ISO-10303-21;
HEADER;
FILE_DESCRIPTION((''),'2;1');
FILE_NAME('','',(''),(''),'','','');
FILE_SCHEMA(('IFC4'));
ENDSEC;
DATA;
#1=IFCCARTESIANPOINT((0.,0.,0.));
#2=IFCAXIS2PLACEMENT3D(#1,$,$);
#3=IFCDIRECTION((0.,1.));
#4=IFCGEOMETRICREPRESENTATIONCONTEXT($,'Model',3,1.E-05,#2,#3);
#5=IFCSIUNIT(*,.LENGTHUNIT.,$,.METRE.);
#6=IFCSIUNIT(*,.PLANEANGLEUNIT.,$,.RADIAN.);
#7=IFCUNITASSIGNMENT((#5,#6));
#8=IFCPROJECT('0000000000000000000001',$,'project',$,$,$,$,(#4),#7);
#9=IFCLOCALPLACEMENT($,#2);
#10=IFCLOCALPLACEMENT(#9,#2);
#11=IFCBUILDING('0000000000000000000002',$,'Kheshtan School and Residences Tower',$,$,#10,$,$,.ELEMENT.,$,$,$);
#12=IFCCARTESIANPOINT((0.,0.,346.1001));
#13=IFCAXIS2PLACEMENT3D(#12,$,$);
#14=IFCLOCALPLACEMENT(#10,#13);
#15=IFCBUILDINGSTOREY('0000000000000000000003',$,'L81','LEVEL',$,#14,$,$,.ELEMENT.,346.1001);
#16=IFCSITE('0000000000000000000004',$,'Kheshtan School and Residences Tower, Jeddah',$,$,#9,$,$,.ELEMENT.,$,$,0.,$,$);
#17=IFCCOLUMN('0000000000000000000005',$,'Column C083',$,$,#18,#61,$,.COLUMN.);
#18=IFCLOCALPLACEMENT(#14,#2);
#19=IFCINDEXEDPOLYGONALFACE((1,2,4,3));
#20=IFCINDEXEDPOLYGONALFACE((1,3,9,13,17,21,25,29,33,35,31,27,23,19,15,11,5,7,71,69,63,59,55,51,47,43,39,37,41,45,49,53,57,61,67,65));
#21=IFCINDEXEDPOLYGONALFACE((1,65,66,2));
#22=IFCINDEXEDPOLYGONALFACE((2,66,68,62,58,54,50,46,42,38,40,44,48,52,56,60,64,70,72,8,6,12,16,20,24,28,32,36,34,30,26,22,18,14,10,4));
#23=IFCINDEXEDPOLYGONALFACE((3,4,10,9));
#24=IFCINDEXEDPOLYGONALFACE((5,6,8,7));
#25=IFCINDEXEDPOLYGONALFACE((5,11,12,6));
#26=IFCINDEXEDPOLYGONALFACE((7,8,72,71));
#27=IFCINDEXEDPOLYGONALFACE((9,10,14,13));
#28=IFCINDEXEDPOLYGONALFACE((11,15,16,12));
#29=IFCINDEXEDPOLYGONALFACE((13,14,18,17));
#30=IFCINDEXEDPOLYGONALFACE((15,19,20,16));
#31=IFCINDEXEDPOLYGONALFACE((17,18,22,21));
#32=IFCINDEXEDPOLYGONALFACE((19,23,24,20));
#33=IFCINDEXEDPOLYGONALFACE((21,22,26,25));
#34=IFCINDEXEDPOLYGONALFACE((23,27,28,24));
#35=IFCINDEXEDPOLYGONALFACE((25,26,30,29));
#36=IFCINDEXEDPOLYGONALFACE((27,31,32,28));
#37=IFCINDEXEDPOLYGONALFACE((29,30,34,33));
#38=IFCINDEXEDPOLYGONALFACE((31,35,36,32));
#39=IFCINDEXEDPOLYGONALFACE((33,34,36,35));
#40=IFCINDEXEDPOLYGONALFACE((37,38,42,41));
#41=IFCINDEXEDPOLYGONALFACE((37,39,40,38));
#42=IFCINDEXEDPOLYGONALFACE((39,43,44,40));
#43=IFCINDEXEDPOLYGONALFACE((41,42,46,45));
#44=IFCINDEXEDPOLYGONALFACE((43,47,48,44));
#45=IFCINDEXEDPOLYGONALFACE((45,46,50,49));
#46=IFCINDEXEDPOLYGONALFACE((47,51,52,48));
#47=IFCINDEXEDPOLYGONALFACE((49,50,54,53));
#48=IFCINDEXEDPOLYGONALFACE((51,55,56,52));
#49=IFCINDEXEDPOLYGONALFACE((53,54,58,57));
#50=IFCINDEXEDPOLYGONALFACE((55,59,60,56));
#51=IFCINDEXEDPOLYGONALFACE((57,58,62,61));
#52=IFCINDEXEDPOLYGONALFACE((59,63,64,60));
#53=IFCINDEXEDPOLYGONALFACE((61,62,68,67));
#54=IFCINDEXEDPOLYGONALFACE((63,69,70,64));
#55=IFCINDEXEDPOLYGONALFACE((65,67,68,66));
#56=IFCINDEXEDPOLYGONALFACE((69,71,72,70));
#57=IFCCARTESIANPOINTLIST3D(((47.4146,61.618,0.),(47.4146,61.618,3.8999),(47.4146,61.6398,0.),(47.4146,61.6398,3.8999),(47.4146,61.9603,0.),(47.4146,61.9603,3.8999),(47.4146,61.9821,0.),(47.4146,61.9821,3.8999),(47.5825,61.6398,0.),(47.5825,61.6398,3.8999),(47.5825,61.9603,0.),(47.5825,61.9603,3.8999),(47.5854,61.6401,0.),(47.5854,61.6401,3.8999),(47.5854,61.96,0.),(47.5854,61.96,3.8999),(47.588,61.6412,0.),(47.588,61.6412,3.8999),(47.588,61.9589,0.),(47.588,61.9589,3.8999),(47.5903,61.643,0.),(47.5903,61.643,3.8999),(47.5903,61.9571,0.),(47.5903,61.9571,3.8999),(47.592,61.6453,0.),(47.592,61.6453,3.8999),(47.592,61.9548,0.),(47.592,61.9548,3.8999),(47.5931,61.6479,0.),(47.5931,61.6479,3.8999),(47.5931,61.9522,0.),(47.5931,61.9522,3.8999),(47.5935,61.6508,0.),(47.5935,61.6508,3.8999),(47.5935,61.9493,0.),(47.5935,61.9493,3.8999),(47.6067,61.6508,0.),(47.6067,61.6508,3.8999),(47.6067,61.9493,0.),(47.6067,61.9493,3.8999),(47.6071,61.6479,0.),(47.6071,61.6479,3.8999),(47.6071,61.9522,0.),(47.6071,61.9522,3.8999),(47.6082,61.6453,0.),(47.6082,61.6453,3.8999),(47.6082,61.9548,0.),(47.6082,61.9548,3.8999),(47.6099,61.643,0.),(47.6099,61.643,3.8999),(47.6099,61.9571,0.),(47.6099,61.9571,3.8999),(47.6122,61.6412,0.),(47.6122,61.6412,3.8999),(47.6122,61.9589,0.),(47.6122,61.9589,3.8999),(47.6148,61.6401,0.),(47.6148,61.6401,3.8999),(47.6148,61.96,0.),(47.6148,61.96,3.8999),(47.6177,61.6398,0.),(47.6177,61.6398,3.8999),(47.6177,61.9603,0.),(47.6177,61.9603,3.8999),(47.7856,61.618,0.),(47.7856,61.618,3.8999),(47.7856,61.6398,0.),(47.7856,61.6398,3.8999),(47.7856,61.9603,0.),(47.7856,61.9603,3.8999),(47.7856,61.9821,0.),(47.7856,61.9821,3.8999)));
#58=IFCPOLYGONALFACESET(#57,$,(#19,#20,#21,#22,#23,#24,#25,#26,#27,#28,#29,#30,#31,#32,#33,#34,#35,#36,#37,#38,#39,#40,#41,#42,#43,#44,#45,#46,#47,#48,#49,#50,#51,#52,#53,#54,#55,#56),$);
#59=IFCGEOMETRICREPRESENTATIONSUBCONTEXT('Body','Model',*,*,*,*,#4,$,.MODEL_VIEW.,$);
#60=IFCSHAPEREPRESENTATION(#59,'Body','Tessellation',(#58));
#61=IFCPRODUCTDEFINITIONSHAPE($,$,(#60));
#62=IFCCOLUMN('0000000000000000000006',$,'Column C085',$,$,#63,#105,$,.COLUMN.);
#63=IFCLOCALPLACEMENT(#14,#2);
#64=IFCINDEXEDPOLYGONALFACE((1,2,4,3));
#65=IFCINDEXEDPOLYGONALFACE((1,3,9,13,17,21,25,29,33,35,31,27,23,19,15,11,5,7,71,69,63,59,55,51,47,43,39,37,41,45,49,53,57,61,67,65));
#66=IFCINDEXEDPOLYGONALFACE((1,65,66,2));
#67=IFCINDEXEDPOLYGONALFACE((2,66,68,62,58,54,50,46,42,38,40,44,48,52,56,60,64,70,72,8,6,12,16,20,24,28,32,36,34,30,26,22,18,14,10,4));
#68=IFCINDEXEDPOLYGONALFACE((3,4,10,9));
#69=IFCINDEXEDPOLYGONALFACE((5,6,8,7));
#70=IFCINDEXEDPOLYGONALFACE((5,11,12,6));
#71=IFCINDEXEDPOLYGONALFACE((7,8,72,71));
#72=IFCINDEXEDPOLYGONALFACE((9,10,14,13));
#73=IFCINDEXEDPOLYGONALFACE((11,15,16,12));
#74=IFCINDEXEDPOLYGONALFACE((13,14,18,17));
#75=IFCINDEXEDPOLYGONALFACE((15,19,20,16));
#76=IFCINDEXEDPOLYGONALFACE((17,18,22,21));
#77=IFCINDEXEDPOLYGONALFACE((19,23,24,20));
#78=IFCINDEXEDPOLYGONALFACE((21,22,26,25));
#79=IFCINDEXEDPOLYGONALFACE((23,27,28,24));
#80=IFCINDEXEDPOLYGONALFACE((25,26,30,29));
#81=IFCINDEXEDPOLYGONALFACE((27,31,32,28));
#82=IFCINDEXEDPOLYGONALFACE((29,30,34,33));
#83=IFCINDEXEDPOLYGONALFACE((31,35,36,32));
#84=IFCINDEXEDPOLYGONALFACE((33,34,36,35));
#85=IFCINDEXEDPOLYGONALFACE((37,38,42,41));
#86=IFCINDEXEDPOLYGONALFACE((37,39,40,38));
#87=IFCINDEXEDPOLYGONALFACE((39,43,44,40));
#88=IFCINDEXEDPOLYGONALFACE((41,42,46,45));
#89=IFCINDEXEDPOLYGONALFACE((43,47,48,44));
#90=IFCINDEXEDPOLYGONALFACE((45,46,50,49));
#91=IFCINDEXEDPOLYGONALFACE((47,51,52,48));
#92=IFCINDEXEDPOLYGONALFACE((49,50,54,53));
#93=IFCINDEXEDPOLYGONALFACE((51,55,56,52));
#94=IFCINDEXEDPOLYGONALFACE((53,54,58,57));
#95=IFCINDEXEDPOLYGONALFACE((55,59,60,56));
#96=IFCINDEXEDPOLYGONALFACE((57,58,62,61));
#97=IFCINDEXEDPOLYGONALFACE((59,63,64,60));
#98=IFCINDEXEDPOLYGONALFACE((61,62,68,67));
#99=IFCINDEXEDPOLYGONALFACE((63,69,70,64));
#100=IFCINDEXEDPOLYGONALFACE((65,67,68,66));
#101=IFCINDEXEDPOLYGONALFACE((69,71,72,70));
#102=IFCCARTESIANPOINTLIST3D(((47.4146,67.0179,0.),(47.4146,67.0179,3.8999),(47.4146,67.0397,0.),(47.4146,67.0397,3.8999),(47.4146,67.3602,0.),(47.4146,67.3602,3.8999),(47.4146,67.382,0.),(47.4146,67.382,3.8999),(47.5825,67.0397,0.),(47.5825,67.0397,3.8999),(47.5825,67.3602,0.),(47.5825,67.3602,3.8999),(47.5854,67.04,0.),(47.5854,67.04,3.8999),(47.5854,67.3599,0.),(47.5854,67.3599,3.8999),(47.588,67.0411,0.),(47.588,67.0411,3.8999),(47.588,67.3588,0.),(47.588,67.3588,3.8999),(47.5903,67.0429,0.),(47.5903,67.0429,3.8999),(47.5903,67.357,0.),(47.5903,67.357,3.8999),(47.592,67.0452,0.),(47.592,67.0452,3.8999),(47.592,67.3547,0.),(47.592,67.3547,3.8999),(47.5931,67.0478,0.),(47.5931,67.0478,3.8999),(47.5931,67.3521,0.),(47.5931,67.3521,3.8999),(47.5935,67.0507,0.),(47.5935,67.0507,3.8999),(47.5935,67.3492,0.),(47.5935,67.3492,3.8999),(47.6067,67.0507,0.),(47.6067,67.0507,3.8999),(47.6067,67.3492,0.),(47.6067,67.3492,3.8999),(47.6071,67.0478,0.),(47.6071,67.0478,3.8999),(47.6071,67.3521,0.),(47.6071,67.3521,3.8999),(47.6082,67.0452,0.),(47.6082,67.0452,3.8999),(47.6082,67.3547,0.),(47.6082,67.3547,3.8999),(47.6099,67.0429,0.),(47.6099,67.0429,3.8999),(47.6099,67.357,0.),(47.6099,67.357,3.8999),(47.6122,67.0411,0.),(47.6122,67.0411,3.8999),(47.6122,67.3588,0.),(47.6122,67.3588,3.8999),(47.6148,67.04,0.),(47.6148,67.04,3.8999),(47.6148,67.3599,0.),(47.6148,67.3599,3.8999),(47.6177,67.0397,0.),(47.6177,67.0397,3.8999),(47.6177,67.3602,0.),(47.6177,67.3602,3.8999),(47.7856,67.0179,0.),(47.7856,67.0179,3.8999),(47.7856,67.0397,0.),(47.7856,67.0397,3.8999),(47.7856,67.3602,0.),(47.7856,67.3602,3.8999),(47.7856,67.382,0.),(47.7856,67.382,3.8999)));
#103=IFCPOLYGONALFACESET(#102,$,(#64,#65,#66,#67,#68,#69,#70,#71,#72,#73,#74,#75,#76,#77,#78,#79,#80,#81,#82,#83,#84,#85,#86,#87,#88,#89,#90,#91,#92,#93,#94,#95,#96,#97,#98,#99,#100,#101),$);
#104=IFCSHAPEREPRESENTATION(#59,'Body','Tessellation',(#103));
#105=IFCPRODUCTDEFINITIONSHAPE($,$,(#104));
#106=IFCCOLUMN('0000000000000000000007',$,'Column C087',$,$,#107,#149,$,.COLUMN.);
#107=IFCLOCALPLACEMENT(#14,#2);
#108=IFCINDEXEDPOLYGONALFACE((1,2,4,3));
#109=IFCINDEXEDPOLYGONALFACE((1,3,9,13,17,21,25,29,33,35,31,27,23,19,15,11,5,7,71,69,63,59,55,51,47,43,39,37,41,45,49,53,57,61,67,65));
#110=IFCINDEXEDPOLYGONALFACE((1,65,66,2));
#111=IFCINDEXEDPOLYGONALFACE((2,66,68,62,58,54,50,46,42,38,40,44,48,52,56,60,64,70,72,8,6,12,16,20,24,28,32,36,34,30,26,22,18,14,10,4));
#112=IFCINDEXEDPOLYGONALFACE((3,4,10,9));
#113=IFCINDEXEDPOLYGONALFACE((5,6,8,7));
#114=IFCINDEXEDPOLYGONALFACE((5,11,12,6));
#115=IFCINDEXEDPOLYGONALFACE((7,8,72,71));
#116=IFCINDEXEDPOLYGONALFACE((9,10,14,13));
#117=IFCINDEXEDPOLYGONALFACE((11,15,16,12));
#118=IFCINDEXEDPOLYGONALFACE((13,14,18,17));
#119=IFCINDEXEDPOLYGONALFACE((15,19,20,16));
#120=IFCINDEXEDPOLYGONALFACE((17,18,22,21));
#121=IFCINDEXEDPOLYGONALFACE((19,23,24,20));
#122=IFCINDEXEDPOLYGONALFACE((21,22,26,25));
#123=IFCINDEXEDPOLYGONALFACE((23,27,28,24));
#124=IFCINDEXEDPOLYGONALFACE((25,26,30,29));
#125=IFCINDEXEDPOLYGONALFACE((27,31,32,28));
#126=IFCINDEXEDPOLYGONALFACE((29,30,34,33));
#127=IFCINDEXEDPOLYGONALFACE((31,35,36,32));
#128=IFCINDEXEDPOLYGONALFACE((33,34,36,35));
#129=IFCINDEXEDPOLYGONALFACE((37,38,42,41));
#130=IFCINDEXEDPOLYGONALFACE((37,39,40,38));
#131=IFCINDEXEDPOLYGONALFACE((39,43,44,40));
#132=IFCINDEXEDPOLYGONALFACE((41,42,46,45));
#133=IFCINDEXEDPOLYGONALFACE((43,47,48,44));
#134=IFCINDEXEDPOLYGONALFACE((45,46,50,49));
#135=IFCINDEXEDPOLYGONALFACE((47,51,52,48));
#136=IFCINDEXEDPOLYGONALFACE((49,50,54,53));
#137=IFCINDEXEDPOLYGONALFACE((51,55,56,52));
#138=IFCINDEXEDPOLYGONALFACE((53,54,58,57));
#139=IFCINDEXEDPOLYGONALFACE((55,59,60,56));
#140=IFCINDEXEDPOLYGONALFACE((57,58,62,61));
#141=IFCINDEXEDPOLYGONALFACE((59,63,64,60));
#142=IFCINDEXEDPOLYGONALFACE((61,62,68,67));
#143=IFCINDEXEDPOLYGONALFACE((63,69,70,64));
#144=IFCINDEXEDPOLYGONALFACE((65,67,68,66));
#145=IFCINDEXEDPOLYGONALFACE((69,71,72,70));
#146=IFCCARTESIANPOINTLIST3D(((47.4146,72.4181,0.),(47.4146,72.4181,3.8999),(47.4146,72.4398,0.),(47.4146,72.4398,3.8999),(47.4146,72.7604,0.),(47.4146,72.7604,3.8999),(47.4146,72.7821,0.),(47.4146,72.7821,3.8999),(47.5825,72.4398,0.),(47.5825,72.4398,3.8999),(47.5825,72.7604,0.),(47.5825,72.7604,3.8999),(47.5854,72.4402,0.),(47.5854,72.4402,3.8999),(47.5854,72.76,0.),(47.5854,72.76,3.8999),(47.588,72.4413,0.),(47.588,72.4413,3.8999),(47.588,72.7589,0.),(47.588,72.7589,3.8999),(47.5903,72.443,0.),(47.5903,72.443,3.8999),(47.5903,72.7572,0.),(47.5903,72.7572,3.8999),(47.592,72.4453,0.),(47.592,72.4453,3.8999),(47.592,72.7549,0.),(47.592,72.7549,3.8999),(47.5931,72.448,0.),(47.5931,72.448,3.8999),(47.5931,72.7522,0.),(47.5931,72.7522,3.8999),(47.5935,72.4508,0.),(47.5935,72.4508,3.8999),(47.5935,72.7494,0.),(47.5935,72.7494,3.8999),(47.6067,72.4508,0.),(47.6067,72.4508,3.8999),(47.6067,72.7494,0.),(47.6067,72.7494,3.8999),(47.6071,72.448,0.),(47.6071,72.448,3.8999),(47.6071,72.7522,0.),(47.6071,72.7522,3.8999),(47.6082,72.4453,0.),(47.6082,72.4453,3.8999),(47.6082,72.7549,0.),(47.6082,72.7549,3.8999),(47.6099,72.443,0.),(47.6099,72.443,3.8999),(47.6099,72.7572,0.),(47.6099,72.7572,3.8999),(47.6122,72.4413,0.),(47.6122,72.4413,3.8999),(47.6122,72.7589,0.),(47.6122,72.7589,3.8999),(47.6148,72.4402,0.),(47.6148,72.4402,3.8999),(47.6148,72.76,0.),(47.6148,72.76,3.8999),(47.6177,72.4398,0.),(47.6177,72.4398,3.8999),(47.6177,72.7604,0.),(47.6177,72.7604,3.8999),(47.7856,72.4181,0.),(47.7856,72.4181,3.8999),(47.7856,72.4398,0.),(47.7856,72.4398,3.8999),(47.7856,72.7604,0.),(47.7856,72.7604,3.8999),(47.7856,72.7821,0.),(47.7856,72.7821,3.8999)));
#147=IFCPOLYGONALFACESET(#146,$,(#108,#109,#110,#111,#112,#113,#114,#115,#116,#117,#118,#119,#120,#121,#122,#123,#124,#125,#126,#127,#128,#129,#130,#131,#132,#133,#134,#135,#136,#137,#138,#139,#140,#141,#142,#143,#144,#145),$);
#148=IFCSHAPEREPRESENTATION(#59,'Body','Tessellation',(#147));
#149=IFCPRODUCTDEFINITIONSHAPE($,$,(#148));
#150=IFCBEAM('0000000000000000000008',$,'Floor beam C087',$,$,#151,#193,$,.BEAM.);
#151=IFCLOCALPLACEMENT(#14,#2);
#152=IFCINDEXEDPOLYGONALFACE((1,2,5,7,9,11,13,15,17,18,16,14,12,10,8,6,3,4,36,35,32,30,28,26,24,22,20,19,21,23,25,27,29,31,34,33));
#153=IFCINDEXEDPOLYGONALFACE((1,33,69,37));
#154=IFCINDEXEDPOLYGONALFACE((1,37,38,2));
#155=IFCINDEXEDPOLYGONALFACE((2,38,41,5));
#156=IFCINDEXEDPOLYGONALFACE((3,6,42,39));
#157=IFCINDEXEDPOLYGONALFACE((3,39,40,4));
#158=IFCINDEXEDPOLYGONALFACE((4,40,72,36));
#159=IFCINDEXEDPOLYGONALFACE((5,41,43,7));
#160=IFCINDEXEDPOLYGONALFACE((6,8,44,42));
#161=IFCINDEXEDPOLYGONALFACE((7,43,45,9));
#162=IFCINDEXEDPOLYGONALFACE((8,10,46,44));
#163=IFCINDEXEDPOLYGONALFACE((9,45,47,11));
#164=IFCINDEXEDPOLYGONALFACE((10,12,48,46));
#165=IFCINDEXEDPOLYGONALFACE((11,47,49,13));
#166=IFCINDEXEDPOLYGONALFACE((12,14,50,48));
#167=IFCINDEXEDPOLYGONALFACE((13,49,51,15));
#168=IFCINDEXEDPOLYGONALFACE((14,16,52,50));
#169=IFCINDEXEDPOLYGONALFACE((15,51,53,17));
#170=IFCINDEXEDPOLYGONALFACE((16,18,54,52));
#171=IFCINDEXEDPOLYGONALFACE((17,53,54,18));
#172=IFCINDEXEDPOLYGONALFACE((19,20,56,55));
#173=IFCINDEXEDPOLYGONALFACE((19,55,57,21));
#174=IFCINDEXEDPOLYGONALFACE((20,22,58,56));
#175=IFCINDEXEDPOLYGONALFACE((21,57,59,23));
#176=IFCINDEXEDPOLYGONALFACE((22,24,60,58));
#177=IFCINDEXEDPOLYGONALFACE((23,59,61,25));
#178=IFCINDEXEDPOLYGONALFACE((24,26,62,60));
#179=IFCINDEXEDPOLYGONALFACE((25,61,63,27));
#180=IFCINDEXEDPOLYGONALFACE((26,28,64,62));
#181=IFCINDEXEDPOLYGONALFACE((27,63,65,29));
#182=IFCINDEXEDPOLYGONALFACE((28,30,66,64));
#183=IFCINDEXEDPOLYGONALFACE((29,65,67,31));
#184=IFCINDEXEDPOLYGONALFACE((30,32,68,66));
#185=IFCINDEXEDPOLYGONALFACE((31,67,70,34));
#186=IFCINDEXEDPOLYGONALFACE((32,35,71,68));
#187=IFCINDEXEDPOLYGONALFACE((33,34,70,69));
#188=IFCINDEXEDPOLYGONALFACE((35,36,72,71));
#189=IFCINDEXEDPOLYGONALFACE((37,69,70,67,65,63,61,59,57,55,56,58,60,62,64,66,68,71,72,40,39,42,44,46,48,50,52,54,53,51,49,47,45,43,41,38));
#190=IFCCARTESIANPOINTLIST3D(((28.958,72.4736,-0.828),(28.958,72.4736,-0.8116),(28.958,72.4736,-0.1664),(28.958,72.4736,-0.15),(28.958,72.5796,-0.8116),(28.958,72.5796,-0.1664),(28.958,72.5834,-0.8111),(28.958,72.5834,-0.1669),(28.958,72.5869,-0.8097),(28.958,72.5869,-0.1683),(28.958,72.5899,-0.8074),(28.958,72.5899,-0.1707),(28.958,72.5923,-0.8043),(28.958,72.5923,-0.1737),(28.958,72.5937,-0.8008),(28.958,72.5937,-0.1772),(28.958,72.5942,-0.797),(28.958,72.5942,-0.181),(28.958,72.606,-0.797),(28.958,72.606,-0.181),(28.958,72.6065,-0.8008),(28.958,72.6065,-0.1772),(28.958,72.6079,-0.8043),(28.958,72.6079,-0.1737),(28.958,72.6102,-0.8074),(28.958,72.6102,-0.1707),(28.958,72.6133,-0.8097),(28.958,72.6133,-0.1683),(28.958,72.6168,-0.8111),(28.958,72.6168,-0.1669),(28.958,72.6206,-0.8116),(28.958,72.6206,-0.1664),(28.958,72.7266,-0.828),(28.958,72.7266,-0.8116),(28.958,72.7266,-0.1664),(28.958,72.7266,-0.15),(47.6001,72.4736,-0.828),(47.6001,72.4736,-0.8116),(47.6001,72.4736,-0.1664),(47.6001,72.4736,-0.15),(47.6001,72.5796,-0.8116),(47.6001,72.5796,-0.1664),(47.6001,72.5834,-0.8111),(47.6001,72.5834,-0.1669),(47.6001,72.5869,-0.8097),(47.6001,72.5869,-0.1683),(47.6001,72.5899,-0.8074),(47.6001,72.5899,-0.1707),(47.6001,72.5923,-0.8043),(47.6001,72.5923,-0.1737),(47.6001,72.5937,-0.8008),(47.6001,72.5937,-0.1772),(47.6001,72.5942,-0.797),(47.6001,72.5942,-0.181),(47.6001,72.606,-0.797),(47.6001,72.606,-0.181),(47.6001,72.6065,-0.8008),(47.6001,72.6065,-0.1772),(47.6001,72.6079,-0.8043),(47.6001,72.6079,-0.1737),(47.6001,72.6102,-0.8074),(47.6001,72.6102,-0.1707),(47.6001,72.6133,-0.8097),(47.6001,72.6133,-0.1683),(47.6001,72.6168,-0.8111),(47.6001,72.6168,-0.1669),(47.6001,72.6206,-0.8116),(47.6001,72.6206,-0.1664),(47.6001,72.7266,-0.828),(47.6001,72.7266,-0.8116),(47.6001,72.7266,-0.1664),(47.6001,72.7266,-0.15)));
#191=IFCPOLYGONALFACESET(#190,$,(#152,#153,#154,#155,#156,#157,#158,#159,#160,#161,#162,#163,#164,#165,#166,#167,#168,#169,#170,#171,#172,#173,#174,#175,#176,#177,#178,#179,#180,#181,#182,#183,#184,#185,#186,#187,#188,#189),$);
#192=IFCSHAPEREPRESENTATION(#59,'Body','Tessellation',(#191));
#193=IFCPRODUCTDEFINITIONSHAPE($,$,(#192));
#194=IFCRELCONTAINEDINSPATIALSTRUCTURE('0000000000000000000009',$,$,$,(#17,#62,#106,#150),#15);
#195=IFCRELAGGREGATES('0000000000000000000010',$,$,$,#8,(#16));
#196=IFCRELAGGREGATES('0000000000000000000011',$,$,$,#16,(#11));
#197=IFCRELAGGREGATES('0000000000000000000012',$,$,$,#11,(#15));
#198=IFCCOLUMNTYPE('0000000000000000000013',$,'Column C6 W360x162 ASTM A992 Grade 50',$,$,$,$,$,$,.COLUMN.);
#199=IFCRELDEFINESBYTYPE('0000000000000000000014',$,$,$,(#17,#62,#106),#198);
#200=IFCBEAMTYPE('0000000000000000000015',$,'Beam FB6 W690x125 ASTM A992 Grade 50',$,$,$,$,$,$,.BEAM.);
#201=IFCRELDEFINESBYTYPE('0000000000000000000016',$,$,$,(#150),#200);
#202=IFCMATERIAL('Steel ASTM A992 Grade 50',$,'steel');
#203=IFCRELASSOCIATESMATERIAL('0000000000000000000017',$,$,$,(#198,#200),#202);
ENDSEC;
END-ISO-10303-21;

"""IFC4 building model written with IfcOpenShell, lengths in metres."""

from ifc_helpers import new_model, si_unit, direction, frame, origin, origin_2d, place, context, subcontext, project, spatial, i_section, extrude, material, material_profile, profile_set, type_object, element, save


model = new_model("IFC4")

# Units and contexts
model_context = context("Model", 3, precision=1e-05, world=origin(), true_north=direction((0.0, 1.0)))
body_context = subcontext(model_context, "Body", "Model", "MODEL_VIEW")
ifc_project = project(units=[si_unit("LENGTHUNIT", "METRE"), si_unit("PLANEANGLEUNIT", "RADIAN")], contexts=[model_context])

# Site, building, storey
site_placement = place(None, origin())
site = spatial("IfcSite", under=ifc_project, at=site_placement, Name="Kheshtan School and Residences Tower, Jeddah", CompositionType="ELEMENT", RefElevation=0.0)
building_placement = place(site_placement, origin())
building = spatial("IfcBuilding", under=site, at=building_placement, Name="Kheshtan School and Residences Tower", CompositionType="ELEMENT")
storey_placement = place(building_placement, frame((0.0, 0.0, 346.1001)))
storey = spatial("IfcBuildingStorey", under=building, at=storey_placement, Name="L81", Description="LEVEL", CompositionType="ELEMENT", Elevation=346.1001)

# Columns
ifc_material_1 = material(Name="Steel ASTM A992 Grade 50", Category="steel")
ifc_material_profile_1 = material_profile(ifc_material_1, i_section(OverallWidth=0.3711, OverallDepth=0.364, WebThickness=0.0132, FlangeThickness=0.0217, FilletRadius=0.011, at=origin_2d()), Name="W360x162")
ifc_profile_set_1 = profile_set([ifc_material_profile_1], Name="Steel ASTM A992 Grade 50")
column_type = type_object("IfcColumnType", Name="Column C6 W360x162 ASTM A992 Grade 50", PredefinedType="COLUMN", material=ifc_profile_set_1)
for number, where, z_axis, x_axis, name in (
    (1, (47.6001, 61.8, 0.0), (0.0, 0.0, 1.0), (1.0, 0.0, 0.0), "Column C083"),
    (2, (47.6001, 67.2, 0.0), (0.0, 0.0, 1.0), (1.0, 0.0, 0.0), "Column C085"),
    (3, (47.6001, 72.6001, 0.0), (0.0, 0.0, 1.0), (1.0, 0.0, 0.0), "Column C087"),
):
    element("IfcColumn", number, at=place(storey_placement, frame(where, z_axis=z_axis, x_axis=x_axis)), inside=storey, type_object=column_type, Name=name, PredefinedType="COLUMN", context=body_context, shape_type="SweptSolid", body=[
        extrude(i_section(OverallWidth=0.3711, OverallDepth=0.364, WebThickness=0.0132, FlangeThickness=0.0217, FilletRadius=0.011, at=origin_2d()), origin(), (0.0, 0.0, 1.0), 3.8999),
    ])

# Beam
ifc_material_profile_2 = material_profile(ifc_material_1, i_section(OverallWidth=0.2529, OverallDepth=0.678, WebThickness=0.0117, FlangeThickness=0.0164, FilletRadius=0.0146, at=origin_2d()), Name="W690x125")
ifc_profile_set_2 = profile_set([ifc_material_profile_2], Name="Steel ASTM A992 Grade 50")
beam_type_1 = type_object("IfcBeamType", Name="Beam FB6 W690x125 ASTM A992 Grade 50", PredefinedType="BEAM", material=ifc_profile_set_2)
beam_1_placement = place(storey_placement, frame((47.6001, 72.6001, -0.489), z_axis=(-1.0, 0.0, 0.0), x_axis=(0.0, -1.0, 0.0)))
element("IfcBeam", 4, at=beam_1_placement, inside=storey, type_object=beam_type_1, Name="Floor beam C087", PredefinedType="BEAM", context=body_context, shape_type="SweptSolid", body=[
    extrude(i_section(OverallWidth=0.2529, OverallDepth=0.678, WebThickness=0.0117, FlangeThickness=0.0164, FilletRadius=0.0146, at=origin_2d()), origin(), (0.0, 0.0, 1.0), 18.6421),
])

save(model, "model.ifc")
